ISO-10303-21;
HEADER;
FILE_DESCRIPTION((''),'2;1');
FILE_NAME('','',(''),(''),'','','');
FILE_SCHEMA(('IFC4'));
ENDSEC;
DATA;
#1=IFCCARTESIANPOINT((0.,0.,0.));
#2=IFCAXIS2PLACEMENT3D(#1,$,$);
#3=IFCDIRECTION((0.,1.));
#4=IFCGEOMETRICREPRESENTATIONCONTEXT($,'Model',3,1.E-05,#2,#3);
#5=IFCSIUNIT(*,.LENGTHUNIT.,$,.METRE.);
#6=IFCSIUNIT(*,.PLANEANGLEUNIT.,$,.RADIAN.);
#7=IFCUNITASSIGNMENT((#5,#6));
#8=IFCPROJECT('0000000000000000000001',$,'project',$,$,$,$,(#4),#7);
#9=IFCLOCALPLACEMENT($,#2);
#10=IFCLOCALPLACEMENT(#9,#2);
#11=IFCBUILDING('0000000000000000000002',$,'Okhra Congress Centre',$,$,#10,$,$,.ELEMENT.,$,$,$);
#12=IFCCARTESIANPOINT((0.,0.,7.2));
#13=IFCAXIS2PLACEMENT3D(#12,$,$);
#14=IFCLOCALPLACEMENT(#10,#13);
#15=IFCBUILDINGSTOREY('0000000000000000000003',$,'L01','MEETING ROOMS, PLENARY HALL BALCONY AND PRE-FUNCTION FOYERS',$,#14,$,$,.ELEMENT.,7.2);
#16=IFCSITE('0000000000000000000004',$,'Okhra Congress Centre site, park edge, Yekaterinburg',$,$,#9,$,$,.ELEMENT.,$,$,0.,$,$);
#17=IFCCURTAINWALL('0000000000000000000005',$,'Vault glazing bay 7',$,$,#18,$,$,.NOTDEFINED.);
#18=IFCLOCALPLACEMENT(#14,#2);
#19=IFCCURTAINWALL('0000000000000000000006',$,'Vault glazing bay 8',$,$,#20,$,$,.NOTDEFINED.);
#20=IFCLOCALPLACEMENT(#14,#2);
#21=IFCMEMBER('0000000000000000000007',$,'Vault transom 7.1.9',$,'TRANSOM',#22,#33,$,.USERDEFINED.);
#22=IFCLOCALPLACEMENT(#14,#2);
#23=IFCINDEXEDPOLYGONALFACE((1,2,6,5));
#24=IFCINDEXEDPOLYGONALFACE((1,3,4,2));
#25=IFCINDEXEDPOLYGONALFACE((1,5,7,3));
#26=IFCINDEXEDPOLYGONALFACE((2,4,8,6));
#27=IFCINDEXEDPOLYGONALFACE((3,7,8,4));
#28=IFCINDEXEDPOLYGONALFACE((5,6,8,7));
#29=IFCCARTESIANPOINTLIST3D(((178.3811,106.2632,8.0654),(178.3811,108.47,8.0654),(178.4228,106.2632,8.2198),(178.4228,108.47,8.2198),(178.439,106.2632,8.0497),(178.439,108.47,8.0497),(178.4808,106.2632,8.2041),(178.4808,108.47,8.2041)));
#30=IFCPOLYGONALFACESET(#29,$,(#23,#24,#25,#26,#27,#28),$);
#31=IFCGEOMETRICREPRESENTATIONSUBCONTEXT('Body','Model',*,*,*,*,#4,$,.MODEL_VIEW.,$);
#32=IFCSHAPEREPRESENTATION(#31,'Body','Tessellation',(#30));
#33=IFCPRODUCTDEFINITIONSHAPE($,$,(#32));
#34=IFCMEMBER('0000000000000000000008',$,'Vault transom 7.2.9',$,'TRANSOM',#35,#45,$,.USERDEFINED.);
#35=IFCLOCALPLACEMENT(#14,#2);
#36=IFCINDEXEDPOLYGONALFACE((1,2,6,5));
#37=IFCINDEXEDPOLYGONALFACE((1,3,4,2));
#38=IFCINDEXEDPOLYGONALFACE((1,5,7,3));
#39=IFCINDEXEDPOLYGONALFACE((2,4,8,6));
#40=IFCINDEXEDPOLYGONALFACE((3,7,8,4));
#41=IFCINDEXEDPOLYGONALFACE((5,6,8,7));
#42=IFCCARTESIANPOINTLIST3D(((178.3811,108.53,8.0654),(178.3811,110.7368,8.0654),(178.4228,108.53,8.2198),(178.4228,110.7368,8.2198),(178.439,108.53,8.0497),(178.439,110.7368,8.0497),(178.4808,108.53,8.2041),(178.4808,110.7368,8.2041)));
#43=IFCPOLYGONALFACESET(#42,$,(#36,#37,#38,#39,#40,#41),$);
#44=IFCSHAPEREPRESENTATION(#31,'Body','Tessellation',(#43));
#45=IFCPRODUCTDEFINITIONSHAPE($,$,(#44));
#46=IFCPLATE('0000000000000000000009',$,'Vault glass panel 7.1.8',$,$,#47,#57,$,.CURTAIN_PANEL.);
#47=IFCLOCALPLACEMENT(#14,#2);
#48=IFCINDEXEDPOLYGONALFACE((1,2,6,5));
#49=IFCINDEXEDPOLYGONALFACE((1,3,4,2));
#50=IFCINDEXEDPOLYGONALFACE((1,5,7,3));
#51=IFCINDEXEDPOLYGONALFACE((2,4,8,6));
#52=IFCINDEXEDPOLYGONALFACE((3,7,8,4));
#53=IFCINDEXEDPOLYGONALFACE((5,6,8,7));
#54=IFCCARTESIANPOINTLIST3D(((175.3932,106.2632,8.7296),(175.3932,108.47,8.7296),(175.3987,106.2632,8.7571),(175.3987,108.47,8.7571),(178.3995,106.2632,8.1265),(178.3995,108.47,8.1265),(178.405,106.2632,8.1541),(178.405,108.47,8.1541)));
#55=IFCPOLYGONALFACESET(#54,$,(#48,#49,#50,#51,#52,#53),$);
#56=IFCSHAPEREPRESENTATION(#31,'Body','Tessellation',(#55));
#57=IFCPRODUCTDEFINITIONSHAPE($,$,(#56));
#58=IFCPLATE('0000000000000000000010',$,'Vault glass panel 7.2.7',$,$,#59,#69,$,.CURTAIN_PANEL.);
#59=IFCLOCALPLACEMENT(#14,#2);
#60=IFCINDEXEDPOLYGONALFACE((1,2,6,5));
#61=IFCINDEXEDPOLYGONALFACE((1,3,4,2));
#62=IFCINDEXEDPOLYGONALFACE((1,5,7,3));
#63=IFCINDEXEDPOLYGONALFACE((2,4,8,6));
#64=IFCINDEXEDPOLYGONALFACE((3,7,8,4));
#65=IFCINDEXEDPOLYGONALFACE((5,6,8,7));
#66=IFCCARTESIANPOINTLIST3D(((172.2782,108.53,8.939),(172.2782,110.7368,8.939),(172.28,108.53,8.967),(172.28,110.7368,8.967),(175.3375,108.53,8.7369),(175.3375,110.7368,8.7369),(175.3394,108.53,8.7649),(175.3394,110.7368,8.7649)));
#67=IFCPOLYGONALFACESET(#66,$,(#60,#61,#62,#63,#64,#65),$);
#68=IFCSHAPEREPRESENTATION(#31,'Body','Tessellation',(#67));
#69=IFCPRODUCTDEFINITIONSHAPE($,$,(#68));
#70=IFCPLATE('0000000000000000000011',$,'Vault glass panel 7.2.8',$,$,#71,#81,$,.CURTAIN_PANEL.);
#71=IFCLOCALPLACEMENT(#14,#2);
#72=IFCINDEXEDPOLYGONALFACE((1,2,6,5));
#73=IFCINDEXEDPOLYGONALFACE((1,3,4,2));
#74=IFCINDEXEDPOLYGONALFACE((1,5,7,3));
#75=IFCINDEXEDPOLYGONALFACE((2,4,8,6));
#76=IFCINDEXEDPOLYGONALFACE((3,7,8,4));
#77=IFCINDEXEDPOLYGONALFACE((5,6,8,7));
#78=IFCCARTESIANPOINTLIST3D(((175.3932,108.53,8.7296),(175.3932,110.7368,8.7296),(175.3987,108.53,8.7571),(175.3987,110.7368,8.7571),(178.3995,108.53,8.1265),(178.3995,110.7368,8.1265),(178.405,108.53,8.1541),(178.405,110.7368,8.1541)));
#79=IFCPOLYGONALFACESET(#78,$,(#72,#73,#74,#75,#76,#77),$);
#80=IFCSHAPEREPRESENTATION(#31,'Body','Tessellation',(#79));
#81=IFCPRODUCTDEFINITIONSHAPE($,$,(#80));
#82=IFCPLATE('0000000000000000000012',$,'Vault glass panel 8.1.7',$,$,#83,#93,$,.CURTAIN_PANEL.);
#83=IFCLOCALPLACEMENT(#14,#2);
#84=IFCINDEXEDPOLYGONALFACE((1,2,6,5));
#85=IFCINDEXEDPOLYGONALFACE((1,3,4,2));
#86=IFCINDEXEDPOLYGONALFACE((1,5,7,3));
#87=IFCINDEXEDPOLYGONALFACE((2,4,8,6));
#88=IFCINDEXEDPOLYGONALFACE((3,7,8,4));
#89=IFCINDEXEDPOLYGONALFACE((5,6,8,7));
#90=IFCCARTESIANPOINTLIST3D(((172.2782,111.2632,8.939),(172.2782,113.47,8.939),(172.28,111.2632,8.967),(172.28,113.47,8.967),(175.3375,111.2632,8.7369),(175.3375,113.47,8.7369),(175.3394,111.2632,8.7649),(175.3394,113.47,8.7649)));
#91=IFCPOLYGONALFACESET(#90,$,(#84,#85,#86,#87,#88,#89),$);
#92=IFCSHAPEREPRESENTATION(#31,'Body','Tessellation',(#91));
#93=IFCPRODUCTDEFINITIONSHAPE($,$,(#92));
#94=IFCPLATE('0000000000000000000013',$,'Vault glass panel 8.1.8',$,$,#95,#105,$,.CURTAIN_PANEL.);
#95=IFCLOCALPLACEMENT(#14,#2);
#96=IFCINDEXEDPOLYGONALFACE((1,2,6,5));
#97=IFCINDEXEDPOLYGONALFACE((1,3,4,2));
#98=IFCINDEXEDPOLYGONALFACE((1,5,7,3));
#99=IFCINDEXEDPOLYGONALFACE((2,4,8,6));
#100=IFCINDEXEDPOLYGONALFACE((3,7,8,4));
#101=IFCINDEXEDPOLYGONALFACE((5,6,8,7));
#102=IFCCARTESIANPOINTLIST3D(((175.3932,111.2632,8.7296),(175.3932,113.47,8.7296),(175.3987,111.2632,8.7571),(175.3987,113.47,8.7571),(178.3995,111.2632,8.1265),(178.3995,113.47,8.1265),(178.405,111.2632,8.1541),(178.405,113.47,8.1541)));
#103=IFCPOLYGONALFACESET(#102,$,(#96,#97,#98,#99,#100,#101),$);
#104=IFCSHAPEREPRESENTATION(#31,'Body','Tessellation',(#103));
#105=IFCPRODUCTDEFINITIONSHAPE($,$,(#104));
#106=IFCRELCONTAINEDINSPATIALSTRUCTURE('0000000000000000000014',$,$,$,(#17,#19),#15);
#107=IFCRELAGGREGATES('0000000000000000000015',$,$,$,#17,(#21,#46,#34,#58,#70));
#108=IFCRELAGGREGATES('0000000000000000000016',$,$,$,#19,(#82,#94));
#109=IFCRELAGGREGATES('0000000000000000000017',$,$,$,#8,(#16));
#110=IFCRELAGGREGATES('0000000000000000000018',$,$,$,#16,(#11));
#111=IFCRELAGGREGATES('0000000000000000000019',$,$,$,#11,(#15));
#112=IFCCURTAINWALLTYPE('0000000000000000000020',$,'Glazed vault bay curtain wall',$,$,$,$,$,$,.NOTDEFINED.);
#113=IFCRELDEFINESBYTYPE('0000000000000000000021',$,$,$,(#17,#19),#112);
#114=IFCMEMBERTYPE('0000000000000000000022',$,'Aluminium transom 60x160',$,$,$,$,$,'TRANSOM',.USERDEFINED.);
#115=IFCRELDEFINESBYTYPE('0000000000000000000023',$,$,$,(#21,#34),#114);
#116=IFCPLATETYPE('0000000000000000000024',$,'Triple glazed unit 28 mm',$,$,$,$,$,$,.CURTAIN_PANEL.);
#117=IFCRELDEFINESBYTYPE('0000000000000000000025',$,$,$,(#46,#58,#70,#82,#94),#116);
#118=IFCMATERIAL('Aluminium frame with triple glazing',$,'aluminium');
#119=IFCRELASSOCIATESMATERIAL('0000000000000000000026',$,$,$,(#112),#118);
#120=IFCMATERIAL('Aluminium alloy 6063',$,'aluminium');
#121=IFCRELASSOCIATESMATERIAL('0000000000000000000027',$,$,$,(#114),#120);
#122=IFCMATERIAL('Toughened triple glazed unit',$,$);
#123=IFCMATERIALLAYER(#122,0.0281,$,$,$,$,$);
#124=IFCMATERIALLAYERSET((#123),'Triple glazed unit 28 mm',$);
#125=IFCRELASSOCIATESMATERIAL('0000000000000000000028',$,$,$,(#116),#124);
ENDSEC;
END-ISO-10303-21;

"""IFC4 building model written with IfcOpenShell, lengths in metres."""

from ifc_helpers import new_model, si_unit, direction, frame, origin, origin_2d, place, context, subcontext, project, spatial, polyline, rectangle, outline, extrude, material, layer, layer_set, material_profile, profile_set, type_object, element, aggregate, save


model = new_model("IFC4")

# Units and contexts
model_context = context("Model", 3, precision=1e-05, world=origin(), true_north=direction((0.0, 1.0)))
body_context = subcontext(model_context, "Body", "Model", "MODEL_VIEW")
ifc_project = project(units=[si_unit("LENGTHUNIT", "METRE"), si_unit("PLANEANGLEUNIT", "RADIAN")], contexts=[model_context])

# Site, building, storey
site_placement = place(None, origin())
site = spatial("IfcSite", under=ifc_project, at=site_placement, Name="Okhra Congress Centre site, park edge, Yekaterinburg", CompositionType="ELEMENT", RefElevation=0.0)
building_placement = place(site_placement, origin())
building = spatial("IfcBuilding", under=site, at=building_placement, Name="Okhra Congress Centre", CompositionType="ELEMENT")
storey_placement = place(building_placement, frame((0.0, 0.0, 7.2)))
storey = spatial("IfcBuildingStorey", under=building, at=storey_placement, Name="L01", Description="MEETING ROOMS, PLENARY HALL BALCONY AND PRE-FUNCTION FOYERS", CompositionType="ELEMENT", Elevation=7.2)

# Curtain walls
ifc_material_1 = material(Name="Aluminium frame with triple glazing", Category="aluminium")
curtain_wall_type = type_object("IfcCurtainWallType", Name="Glazed vault bay curtain wall", PredefinedType="NOTDEFINED", material=ifc_material_1)
ifc_material_2 = material(Name="Aluminium alloy 6063", Category="aluminium")
curtain_wall_1_placement = place(storey_placement, origin())
curtain_wall_1 = element("IfcCurtainWall", 1, at=curtain_wall_1_placement, inside=storey, type_object=curtain_wall_type, Name="Vault glazing bay 7", PredefinedType="NOTDEFINED")
curtain_wall_2_placement = place(storey_placement, origin())
curtain_wall_2 = element("IfcCurtainWall", 2, at=curtain_wall_2_placement, inside=storey, type_object=curtain_wall_type, Name="Vault glazing bay 8", PredefinedType="NOTDEFINED")

# Members
ifc_material_profile_1 = material_profile(ifc_material_2, rectangle(XDim=0.0601, YDim=0.1599, at=origin_2d()), Name="AL 60x160 transom")
ifc_profile_set_1 = profile_set([ifc_material_profile_1], Name="Aluminium alloy 6063")
member_type_1 = type_object("IfcMemberType", Name="Aluminium transom 60x160", ElementType="TRANSOM", PredefinedType="USERDEFINED", material=ifc_profile_set_1)
member_1_placement = place(storey_placement, frame((178.4309, 106.2632, 8.1348), z_axis=(0.0, 1.0, 0.0), x_axis=(-0.96538, 0.0, 0.260848)))
member_1 = element("IfcMember", 3, at=member_1_placement, type_object=member_type_1, Name="Vault transom 7.1.9", ObjectType="TRANSOM", PredefinedType="USERDEFINED", context=body_context, shape_type="SweptSolid", body=[
    extrude(rectangle(XDim=0.0601, YDim=0.1599, at=origin_2d()), origin(), (0.0, 0.0, 1.0), 2.2068),
])
member_2_placement = place(storey_placement, frame((178.4309, 108.53, 8.1348), z_axis=(0.0, 1.0, 0.0), x_axis=(-0.96538, 0.0, 0.260848)))
member_2 = element("IfcMember", 4, at=member_2_placement, type_object=member_type_1, Name="Vault transom 7.2.9", ObjectType="TRANSOM", PredefinedType="USERDEFINED", context=body_context, shape_type="SweptSolid", body=[
    extrude(rectangle(XDim=0.0601, YDim=0.1599, at=origin_2d()), origin(), (0.0, 0.0, 1.0), 2.2068),
])

# Plates
ifc_material_3 = material(Name="Toughened triple glazed unit")
ifc_layer = layer(ifc_material_3, 0.0281)
ifc_layer_set = layer_set([ifc_layer], Name="Triple glazed unit 28 mm")
plate_type = type_object("IfcPlateType", Name="Triple glazed unit 28 mm", PredefinedType="CURTAIN_PANEL", material=ifc_layer_set)
plate_1_placement = place(storey_placement, frame((175.3987, 106.2632, 8.7571), z_axis=(0.196667, 0.0, 0.98047), x_axis=(0.98047, 0.0, -0.196667)))
plate_1 = element("IfcPlate", 5, at=plate_1_placement, type_object=plate_type, Name="Vault glass panel 7.1.8", PredefinedType="CURTAIN_PANEL", context=body_context, shape_type="SweptSolid", body=[
    extrude(outline(polyline([(0.0, 0.0), (3.0662, 0.0), (3.0662, 2.2068), (0.0, 2.2068), (0.0, 0.0)])), origin(), (0.0, 0.0, -1.0), 0.0281),
])
plate_2_placement = place(storey_placement, frame((172.28, 108.53, 8.967), z_axis=(0.065932, 0.0, 0.997824), x_axis=(0.997824, 0.0, -0.065932)))
plate_2 = element("IfcPlate", 6, at=plate_2_placement, type_object=plate_type, Name="Vault glass panel 7.2.7", PredefinedType="CURTAIN_PANEL", context=body_context, shape_type="SweptSolid", body=[
    extrude(outline(polyline([(0.0, 0.0), (3.066, 0.0), (3.066, 2.2068), (0.0, 2.2068), (0.0, 0.0)])), origin(), (0.0, 0.0, -1.0), 0.0281),
])
plate_3_placement = place(storey_placement, frame((175.3987, 108.53, 8.7571), z_axis=(0.196667, 0.0, 0.98047), x_axis=(0.98047, 0.0, -0.196667)))
plate_3 = element("IfcPlate", 7, at=plate_3_placement, type_object=plate_type, Name="Vault glass panel 7.2.8", PredefinedType="CURTAIN_PANEL", context=body_context, shape_type="SweptSolid", body=[
    extrude(outline(polyline([(0.0, 0.0), (3.0662, 0.0), (3.0662, 2.2068), (0.0, 2.2068), (0.0, 0.0)])), origin(), (0.0, 0.0, -1.0), 0.0281),
])
aggregate(curtain_wall_1, [member_1, plate_1, member_2, plate_2, plate_3])
plate_4_placement = place(storey_placement, frame((172.28, 111.2632, 8.967), z_axis=(0.065932, 0.0, 0.997824), x_axis=(0.997824, 0.0, -0.065932)))
plate_4 = element("IfcPlate", 8, at=plate_4_placement, type_object=plate_type, Name="Vault glass panel 8.1.7", PredefinedType="CURTAIN_PANEL", context=body_context, shape_type="SweptSolid", body=[
    extrude(outline(polyline([(0.0, 0.0), (3.066, 0.0), (3.066, 2.2068), (0.0, 2.2068), (0.0, 0.0)])), origin(), (0.0, 0.0, -1.0), 0.0281),
])
plate_5_placement = place(storey_placement, frame((175.3987, 111.2632, 8.7571), z_axis=(0.196667, 0.0, 0.98047), x_axis=(0.98047, 0.0, -0.196667)))
plate_5 = element("IfcPlate", 9, at=plate_5_placement, type_object=plate_type, Name="Vault glass panel 8.1.8", PredefinedType="CURTAIN_PANEL", context=body_context, shape_type="SweptSolid", body=[
    extrude(outline(polyline([(0.0, 0.0), (3.0662, 0.0), (3.0662, 2.2068), (0.0, 2.2068), (0.0, 0.0)])), origin(), (0.0, 0.0, -1.0), 0.0281),
])
aggregate(curtain_wall_2, [plate_4, plate_5])

save(model, "model.ifc")
